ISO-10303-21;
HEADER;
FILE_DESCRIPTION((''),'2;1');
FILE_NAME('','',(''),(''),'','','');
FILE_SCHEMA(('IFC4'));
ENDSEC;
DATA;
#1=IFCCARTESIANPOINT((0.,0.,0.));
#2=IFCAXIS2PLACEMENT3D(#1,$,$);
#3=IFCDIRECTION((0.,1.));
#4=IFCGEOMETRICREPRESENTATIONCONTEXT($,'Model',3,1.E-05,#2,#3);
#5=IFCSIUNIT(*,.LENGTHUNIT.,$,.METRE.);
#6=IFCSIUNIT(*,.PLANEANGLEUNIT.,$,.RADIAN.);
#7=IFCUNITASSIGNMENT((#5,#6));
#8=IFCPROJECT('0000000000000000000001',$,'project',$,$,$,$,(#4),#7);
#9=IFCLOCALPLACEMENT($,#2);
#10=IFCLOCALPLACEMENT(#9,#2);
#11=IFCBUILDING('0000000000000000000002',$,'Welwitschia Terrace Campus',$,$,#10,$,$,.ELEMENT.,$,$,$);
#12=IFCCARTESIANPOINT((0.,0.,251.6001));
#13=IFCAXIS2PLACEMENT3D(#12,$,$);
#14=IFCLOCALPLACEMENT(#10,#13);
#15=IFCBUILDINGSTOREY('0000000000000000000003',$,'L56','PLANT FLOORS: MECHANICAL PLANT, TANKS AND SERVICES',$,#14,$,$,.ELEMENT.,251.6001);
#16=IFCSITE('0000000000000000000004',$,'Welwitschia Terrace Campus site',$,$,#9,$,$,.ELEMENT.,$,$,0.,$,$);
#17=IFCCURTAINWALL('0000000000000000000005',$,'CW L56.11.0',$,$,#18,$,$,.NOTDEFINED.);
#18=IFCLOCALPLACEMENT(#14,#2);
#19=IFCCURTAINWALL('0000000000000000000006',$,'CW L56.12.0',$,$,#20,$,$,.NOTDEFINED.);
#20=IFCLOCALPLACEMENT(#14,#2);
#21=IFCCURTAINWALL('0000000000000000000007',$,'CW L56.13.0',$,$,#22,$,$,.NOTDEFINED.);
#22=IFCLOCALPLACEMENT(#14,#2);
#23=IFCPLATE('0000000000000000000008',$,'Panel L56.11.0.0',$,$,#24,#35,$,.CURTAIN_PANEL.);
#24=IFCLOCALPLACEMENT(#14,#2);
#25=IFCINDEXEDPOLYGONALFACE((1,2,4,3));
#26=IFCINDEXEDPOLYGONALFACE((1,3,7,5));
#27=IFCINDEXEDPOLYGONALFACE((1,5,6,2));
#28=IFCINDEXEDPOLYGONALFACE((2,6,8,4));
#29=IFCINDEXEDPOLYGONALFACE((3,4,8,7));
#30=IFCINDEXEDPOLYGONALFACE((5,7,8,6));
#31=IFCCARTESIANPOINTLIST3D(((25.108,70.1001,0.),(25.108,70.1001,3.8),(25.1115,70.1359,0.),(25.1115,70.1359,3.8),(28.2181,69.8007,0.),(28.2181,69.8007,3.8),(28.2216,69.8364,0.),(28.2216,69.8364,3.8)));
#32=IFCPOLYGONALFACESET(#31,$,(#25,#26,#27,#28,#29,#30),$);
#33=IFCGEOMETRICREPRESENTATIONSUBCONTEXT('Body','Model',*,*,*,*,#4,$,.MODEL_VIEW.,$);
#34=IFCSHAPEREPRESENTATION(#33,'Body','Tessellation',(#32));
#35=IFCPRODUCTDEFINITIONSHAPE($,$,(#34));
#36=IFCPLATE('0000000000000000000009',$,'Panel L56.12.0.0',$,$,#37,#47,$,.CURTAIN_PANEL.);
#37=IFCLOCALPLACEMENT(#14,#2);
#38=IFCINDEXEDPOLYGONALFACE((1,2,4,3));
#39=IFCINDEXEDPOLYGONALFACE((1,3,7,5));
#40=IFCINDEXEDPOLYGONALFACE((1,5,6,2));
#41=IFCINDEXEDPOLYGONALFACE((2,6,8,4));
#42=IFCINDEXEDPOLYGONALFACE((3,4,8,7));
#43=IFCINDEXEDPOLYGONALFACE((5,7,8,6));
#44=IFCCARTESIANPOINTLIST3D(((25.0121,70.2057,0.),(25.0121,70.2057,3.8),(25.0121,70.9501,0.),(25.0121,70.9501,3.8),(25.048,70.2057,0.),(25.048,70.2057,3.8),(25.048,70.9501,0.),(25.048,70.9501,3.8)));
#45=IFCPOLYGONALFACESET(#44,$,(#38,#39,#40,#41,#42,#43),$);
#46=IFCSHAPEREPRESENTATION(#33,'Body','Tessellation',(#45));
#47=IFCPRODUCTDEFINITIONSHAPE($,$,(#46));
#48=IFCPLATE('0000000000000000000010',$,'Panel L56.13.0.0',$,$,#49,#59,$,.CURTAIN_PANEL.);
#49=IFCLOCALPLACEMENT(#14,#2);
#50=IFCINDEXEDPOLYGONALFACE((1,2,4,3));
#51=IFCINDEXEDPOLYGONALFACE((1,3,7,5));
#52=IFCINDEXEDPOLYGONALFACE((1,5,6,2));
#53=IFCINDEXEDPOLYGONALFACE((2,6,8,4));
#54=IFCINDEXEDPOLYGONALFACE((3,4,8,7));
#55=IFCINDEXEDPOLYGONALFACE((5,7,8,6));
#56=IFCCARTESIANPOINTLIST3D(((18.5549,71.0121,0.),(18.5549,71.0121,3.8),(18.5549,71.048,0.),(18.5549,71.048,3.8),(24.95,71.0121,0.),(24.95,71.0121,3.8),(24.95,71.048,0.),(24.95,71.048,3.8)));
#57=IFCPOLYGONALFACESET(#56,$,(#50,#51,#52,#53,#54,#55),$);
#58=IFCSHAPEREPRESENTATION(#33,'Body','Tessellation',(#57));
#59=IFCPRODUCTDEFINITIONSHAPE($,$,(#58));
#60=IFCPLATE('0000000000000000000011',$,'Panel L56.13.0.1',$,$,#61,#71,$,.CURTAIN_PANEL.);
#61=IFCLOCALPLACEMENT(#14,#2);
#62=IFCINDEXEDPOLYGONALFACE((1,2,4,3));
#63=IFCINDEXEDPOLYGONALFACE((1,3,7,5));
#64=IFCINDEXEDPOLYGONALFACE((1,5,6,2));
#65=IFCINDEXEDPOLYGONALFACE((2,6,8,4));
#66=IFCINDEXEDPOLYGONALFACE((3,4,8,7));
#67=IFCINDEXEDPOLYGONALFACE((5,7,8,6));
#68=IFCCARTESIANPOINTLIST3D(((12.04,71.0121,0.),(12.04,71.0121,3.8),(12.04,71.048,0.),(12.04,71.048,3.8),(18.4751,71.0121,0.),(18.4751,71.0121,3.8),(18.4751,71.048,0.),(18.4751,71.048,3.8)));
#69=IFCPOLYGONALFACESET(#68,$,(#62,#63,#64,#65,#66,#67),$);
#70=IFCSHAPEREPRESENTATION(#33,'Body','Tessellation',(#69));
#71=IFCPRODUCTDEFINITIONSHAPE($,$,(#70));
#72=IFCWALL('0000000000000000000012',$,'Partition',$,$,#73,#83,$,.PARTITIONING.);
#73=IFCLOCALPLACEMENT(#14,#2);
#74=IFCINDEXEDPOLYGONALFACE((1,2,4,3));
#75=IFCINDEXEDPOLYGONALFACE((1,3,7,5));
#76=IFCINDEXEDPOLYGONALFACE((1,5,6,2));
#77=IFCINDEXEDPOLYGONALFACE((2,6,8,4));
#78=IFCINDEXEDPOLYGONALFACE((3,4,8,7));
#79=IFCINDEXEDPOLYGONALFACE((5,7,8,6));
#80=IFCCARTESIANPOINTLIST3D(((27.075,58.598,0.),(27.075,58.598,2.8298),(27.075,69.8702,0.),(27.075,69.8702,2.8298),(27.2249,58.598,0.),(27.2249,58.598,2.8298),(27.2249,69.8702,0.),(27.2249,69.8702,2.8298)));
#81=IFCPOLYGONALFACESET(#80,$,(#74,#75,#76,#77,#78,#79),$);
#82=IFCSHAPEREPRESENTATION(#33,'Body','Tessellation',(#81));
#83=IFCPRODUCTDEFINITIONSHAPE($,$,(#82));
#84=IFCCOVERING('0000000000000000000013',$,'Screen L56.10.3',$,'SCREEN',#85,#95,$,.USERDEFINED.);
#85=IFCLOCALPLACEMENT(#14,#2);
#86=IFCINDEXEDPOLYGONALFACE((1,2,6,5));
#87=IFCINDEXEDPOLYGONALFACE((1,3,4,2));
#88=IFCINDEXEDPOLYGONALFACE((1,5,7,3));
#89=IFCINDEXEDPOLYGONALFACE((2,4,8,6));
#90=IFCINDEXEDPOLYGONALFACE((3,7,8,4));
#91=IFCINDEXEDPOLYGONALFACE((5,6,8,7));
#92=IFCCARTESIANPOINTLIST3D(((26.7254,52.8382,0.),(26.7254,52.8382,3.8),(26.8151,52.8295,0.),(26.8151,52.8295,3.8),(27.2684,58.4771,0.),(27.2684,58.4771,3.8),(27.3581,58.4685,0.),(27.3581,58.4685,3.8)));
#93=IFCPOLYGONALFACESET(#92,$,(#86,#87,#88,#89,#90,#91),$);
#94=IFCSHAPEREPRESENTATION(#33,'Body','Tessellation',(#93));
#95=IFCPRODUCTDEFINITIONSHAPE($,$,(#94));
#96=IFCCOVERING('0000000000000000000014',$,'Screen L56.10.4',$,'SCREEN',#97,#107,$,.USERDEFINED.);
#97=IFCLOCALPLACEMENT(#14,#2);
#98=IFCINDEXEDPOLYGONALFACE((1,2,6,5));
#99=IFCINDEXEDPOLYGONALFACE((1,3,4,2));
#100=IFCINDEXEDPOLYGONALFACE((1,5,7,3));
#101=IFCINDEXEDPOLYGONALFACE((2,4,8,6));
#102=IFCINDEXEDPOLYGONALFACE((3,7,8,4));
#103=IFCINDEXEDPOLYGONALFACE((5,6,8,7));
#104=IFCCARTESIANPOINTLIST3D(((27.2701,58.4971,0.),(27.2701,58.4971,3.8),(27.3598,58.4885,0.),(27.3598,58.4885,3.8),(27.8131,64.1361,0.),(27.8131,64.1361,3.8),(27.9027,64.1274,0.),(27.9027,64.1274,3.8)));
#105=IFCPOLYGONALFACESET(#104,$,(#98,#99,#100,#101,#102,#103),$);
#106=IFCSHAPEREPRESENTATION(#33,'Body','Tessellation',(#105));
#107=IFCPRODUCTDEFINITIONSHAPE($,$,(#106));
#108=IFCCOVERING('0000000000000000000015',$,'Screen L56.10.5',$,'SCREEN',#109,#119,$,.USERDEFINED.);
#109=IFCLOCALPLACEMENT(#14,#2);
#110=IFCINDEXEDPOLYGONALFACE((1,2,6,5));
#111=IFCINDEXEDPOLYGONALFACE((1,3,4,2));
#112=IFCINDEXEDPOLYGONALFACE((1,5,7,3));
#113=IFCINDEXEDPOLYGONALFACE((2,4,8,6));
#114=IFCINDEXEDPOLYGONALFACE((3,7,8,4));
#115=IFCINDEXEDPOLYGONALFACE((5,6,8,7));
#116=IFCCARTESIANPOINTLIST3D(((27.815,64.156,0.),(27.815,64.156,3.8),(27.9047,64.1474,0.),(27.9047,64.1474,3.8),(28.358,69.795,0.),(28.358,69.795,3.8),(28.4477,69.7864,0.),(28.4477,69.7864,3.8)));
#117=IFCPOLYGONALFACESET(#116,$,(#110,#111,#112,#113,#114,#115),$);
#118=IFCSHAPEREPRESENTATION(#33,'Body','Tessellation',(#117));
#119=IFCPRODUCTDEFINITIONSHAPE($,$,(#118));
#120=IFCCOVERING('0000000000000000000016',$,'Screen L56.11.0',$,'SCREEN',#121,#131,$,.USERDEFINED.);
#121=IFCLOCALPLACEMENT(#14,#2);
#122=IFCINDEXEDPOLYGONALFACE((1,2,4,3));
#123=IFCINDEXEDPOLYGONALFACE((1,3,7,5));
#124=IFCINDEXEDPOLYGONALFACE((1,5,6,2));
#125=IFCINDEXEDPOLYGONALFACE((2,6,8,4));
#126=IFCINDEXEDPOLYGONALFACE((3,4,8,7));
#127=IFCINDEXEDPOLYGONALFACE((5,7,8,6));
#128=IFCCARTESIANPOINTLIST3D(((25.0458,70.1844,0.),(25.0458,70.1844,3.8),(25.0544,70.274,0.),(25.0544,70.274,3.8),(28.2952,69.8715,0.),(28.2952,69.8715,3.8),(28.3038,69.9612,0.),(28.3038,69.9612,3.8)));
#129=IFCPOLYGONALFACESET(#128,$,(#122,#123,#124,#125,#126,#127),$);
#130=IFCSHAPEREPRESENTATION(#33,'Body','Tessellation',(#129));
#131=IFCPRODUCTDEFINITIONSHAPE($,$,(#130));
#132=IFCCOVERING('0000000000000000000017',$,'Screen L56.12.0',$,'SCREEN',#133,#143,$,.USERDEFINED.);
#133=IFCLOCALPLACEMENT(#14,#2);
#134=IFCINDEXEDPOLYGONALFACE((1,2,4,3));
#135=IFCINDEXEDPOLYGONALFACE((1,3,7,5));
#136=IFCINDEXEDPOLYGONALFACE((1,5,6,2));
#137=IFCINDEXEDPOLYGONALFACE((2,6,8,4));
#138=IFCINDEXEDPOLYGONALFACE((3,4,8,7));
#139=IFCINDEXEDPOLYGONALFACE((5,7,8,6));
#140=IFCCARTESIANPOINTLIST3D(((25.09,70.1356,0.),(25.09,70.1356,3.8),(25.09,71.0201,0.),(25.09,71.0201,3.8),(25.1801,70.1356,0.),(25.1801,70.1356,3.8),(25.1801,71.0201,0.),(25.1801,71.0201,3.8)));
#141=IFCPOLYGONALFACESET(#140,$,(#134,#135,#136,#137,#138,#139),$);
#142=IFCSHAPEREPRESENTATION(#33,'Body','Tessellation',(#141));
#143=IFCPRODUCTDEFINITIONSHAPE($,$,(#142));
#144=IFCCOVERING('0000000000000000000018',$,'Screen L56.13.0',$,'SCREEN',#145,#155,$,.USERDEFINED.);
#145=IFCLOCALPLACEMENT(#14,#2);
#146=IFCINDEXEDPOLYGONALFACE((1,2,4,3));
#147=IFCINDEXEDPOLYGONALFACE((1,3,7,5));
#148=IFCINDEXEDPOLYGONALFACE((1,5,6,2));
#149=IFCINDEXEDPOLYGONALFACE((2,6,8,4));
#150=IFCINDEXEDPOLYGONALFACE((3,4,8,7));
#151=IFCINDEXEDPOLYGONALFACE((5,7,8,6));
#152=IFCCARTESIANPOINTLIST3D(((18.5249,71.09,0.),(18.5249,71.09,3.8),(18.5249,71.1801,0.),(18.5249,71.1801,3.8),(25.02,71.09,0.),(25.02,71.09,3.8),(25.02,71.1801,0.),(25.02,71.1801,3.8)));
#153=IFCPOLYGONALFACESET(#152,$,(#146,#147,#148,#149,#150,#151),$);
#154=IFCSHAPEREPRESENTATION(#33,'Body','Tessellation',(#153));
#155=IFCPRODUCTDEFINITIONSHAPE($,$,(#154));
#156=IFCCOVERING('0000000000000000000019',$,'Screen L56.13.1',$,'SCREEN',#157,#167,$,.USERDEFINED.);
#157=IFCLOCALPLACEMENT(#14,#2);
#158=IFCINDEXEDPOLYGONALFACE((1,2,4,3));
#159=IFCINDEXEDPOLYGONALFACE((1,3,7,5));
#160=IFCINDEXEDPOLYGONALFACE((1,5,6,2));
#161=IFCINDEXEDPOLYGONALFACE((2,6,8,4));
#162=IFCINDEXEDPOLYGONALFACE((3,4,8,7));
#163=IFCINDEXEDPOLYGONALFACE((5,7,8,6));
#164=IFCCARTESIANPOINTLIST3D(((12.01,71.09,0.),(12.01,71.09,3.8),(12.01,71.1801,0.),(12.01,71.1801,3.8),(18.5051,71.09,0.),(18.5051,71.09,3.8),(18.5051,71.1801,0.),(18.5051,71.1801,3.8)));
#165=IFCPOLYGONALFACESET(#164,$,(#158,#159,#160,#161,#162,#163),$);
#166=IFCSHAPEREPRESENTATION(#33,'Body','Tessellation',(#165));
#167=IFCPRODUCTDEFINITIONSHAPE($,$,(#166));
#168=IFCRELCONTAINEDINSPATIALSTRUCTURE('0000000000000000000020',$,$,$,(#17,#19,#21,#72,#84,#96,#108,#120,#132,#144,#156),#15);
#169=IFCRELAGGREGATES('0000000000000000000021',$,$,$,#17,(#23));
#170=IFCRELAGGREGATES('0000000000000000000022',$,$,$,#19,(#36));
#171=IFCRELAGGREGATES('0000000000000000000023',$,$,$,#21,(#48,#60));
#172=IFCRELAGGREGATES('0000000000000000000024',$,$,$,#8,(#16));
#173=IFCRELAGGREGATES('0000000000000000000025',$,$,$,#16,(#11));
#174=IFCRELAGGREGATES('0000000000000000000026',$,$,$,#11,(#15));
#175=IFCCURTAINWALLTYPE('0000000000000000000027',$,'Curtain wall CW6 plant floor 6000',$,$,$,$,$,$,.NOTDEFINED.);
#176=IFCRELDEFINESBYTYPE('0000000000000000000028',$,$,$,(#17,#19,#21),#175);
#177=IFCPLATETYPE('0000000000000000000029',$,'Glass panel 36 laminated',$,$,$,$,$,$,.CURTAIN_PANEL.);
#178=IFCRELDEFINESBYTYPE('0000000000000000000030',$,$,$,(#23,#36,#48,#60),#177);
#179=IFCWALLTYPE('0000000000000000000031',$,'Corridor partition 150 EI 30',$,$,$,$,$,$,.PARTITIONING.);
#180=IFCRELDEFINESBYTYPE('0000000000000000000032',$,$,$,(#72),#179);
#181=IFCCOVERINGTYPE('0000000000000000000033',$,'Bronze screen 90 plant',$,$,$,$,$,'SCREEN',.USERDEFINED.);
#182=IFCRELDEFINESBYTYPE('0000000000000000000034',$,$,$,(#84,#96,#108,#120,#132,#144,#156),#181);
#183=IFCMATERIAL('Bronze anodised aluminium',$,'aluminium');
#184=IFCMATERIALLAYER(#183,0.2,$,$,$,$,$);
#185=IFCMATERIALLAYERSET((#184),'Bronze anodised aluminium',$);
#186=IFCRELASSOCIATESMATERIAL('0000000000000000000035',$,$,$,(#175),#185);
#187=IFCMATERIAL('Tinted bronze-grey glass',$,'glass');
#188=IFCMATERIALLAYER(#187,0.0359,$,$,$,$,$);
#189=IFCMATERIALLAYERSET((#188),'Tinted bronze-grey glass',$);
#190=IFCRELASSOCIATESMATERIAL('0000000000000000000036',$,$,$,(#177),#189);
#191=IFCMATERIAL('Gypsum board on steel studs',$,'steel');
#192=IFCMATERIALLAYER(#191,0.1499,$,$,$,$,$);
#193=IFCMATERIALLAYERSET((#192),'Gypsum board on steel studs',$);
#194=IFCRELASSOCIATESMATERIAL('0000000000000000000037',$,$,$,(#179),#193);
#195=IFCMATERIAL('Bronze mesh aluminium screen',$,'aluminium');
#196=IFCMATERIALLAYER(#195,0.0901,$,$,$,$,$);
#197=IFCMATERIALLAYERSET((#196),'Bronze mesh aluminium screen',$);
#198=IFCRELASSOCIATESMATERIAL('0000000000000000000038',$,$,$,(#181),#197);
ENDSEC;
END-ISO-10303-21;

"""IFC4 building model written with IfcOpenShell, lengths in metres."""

from ifc_helpers import new_model, si_unit, direction, frame, frame_2d, origin, origin_2d, place, context, subcontext, project, spatial, rectangle, extrude, material, layer, layer_set, type_object, element, aggregate, save


model = new_model("IFC4")

# Units and contexts
model_context = context("Model", 3, precision=1e-05, world=origin(), true_north=direction((0.0, 1.0)))
body_context = subcontext(model_context, "Body", "Model", "MODEL_VIEW")
ifc_project = project(units=[si_unit("LENGTHUNIT", "METRE"), si_unit("PLANEANGLEUNIT", "RADIAN")], contexts=[model_context])

# Site, building, storey
site_placement = place(None, origin())
site = spatial("IfcSite", under=ifc_project, at=site_placement, Name="Welwitschia Terrace Campus site", CompositionType="ELEMENT", RefElevation=0.0)
building_placement = place(site_placement, origin())
building = spatial("IfcBuilding", under=site, at=building_placement, Name="Welwitschia Terrace Campus", CompositionType="ELEMENT")
storey_placement = place(building_placement, frame((0.0, 0.0, 251.6001)))
storey = spatial("IfcBuildingStorey", under=building, at=storey_placement, Name="L56", Description="PLANT FLOORS: MECHANICAL PLANT, TANKS AND SERVICES", CompositionType="ELEMENT", Elevation=251.6001)

# Curtain walls
ifc_material_1 = material(Name="Bronze anodised aluminium", Category="aluminium")
ifc_layer_1 = layer(ifc_material_1, 0.2)
ifc_layer_set_1 = layer_set([ifc_layer_1], Name="Bronze anodised aluminium")
curtain_wall_type = type_object("IfcCurtainWallType", Name="Curtain wall CW6 plant floor 6000", PredefinedType="NOTDEFINED", material=ifc_layer_set_1)
curtain_wall_1_placement = place(storey_placement, origin())
curtain_wall_1 = element("IfcCurtainWall", 1, at=curtain_wall_1_placement, inside=storey, type_object=curtain_wall_type, Name="CW L56.11.0", PredefinedType="NOTDEFINED")
curtain_wall_2_placement = place(storey_placement, origin())
curtain_wall_2 = element("IfcCurtainWall", 2, at=curtain_wall_2_placement, inside=storey, type_object=curtain_wall_type, Name="CW L56.12.0", PredefinedType="NOTDEFINED")
curtain_wall_3_placement = place(storey_placement, origin())
curtain_wall_3 = element("IfcCurtainWall", 3, at=curtain_wall_3_placement, inside=storey, type_object=curtain_wall_type, Name="CW L56.13.0", PredefinedType="NOTDEFINED")

# Plates
ifc_material_2 = material(Name="Tinted bronze-grey glass", Category="glass")
ifc_layer_2 = layer(ifc_material_2, 0.0359)
ifc_layer_set_2 = layer_set([ifc_layer_2], Name="Tinted bronze-grey glass")
plate_type = type_object("IfcPlateType", Name="Glass panel 36 laminated", PredefinedType="CURTAIN_PANEL", material=ifc_layer_set_2)
plate_1_placement = place(storey_placement, frame((26.6648, 69.9683, 0.0), z_axis=(0.0, 0.0, 1.0), x_axis=(-0.995396, 0.095846, 0.0)))
plate_1 = element("IfcPlate", 4, at=plate_1_placement, type_object=plate_type, Name="Panel L56.11.0.0", PredefinedType="CURTAIN_PANEL", context=body_context, shape_type="SweptSolid", body=[
    extrude(rectangle(XDim=3.1245, YDim=0.0359, at=origin_2d()), origin(), (0.0, 0.0, 1.0), 3.8),
])
aggregate(curtain_wall_1, [plate_1])
plate_2_placement = place(storey_placement, frame((25.03, 70.5779, 0.0), z_axis=(0.0, 0.0, 1.0), x_axis=(0.0, 1.0, 0.0)))
plate_2 = element("IfcPlate", 5, at=plate_2_placement, type_object=plate_type, Name="Panel L56.12.0.0", PredefinedType="CURTAIN_PANEL", context=body_context, shape_type="SweptSolid", body=[
    extrude(rectangle(XDim=0.7444, YDim=0.0359, at=origin_2d()), origin(), (0.0, 0.0, 1.0), 3.8),
])
aggregate(curtain_wall_2, [plate_2])
plate_3_placement = place(storey_placement, frame((21.7524, 71.03, 0.0), z_axis=(0.0, 0.0, 1.0), x_axis=(-1.0, 0.0, 0.0)))
plate_3 = element("IfcPlate", 6, at=plate_3_placement, type_object=plate_type, Name="Panel L56.13.0.0", PredefinedType="CURTAIN_PANEL", context=body_context, shape_type="SweptSolid", body=[
    extrude(rectangle(XDim=6.395, YDim=0.0359, at=origin_2d()), origin(), (0.0, 0.0, 1.0), 3.8),
])
plate_4_placement = place(storey_placement, frame((15.2576, 71.03, 0.0), z_axis=(0.0, 0.0, 1.0), x_axis=(-1.0, 0.0, 0.0)))
plate_4 = element("IfcPlate", 7, at=plate_4_placement, type_object=plate_type, Name="Panel L56.13.0.1", PredefinedType="CURTAIN_PANEL", context=body_context, shape_type="SweptSolid", body=[
    extrude(rectangle(XDim=6.4351, YDim=0.0359, at=origin_2d()), origin(), (0.0, 0.0, 1.0), 3.8),
])
aggregate(curtain_wall_3, [plate_3, plate_4])

# Wall
ifc_material_3 = material(Name="Gypsum board on steel studs", Category="steel")
ifc_layer_3 = layer(ifc_material_3, 0.1499)
ifc_layer_set_3 = layer_set([ifc_layer_3], Name="Gypsum board on steel studs")
wall_type = type_object("IfcWallType", Name="Corridor partition 150 EI 30", PredefinedType="PARTITIONING", material=ifc_layer_set_3)
wall_placement = place(storey_placement, frame((27.1499, 58.5979, 0.0), z_axis=(0.0, 0.0, 1.0), x_axis=(0.0, 1.0, 0.0)))
element("IfcWall", 8, at=wall_placement, inside=storey, type_object=wall_type, Name="Partition", PredefinedType="PARTITIONING", context=body_context, shape_type="SweptSolid", body=[
    extrude(rectangle(XDim=11.2722, YDim=0.1499, at=frame_2d((5.6362, 0.0))), origin(), (0.0, 0.0, 1.0), 2.8298),
])

# Coverings
ifc_material_4 = material(Name="Bronze mesh aluminium screen", Category="aluminium")
ifc_layer_4 = layer(ifc_material_4, 0.0901)
ifc_layer_set_4 = layer_set([ifc_layer_4], Name="Bronze mesh aluminium screen")
covering_type = type_object("IfcCoveringType", Name="Bronze screen 90 plant", ElementType="SCREEN", PredefinedType="USERDEFINED", material=ifc_layer_set_4)
for number, where, z_axis, x_axis, name in (
    (9, (27.0417, 55.6533, 0.0), (0.0, 0.0, 1.0), (0.095846, 0.995396, 0.0), "Screen L56.10.3"),
    (10, (27.5864, 61.3123, 0.0), (0.0, 0.0, 1.0), (0.095846, 0.995396, 0.0), "Screen L56.10.4"),
    (11, (28.1313, 66.9712, 0.0), (0.0, 0.0, 1.0), (0.095846, 0.995396, 0.0), "Screen L56.10.5"),
):
    element("IfcCovering", number, at=place(storey_placement, frame(where, z_axis=z_axis, x_axis=x_axis)), inside=storey, type_object=covering_type, Name=name, ObjectType="SCREEN", PredefinedType="USERDEFINED", context=body_context, shape_type="SweptSolid", body=[
        extrude(rectangle(XDim=5.665, YDim=0.0901, at=origin_2d()), origin(), (0.0, 0.0, 1.0), 3.8),
    ])
covering_1_placement = place(storey_placement, frame((26.6748, 70.0728, 0.0), z_axis=(0.0, 0.0, 1.0), x_axis=(-0.995396, 0.095846, 0.0)))
element("IfcCovering", 12, at=covering_1_placement, inside=storey, type_object=covering_type, Name="Screen L56.11.0", ObjectType="SCREEN", PredefinedType="USERDEFINED", context=body_context, shape_type="SweptSolid", body=[
    extrude(rectangle(XDim=3.2644, YDim=0.0901, at=origin_2d()), origin(), (0.0, 0.0, 1.0), 3.8),
])
covering_2_placement = place(storey_placement, frame((25.135, 70.5779, 0.0), z_axis=(0.0, 0.0, 1.0), x_axis=(0.0, 1.0, 0.0)))
element("IfcCovering", 13, at=covering_2_placement, inside=storey, type_object=covering_type, Name="Screen L56.12.0", ObjectType="SCREEN", PredefinedType="USERDEFINED", context=body_context, shape_type="SweptSolid", body=[
    extrude(rectangle(XDim=0.8845, YDim=0.0901, at=origin_2d()), origin(), (0.0, 0.0, 1.0), 3.8),
])
for number, where, z_axis, x_axis, name in (
    (14, (21.7725, 71.135, 0.0), (0.0, 0.0, 1.0), (-1.0, 0.0, 0.0), "Screen L56.13.0"),
    (15, (15.2576, 71.135, 0.0), (0.0, 0.0, 1.0), (-1.0, 0.0, 0.0), "Screen L56.13.1"),
):
    element("IfcCovering", number, at=place(storey_placement, frame(where, z_axis=z_axis, x_axis=x_axis)), inside=storey, type_object=covering_type, Name=name, ObjectType="SCREEN", PredefinedType="USERDEFINED", context=body_context, shape_type="SweptSolid", body=[
        extrude(rectangle(XDim=6.4951, YDim=0.0901, at=origin_2d()), origin(), (0.0, 0.0, 1.0), 3.8),
    ])

save(model, "model.ifc")
